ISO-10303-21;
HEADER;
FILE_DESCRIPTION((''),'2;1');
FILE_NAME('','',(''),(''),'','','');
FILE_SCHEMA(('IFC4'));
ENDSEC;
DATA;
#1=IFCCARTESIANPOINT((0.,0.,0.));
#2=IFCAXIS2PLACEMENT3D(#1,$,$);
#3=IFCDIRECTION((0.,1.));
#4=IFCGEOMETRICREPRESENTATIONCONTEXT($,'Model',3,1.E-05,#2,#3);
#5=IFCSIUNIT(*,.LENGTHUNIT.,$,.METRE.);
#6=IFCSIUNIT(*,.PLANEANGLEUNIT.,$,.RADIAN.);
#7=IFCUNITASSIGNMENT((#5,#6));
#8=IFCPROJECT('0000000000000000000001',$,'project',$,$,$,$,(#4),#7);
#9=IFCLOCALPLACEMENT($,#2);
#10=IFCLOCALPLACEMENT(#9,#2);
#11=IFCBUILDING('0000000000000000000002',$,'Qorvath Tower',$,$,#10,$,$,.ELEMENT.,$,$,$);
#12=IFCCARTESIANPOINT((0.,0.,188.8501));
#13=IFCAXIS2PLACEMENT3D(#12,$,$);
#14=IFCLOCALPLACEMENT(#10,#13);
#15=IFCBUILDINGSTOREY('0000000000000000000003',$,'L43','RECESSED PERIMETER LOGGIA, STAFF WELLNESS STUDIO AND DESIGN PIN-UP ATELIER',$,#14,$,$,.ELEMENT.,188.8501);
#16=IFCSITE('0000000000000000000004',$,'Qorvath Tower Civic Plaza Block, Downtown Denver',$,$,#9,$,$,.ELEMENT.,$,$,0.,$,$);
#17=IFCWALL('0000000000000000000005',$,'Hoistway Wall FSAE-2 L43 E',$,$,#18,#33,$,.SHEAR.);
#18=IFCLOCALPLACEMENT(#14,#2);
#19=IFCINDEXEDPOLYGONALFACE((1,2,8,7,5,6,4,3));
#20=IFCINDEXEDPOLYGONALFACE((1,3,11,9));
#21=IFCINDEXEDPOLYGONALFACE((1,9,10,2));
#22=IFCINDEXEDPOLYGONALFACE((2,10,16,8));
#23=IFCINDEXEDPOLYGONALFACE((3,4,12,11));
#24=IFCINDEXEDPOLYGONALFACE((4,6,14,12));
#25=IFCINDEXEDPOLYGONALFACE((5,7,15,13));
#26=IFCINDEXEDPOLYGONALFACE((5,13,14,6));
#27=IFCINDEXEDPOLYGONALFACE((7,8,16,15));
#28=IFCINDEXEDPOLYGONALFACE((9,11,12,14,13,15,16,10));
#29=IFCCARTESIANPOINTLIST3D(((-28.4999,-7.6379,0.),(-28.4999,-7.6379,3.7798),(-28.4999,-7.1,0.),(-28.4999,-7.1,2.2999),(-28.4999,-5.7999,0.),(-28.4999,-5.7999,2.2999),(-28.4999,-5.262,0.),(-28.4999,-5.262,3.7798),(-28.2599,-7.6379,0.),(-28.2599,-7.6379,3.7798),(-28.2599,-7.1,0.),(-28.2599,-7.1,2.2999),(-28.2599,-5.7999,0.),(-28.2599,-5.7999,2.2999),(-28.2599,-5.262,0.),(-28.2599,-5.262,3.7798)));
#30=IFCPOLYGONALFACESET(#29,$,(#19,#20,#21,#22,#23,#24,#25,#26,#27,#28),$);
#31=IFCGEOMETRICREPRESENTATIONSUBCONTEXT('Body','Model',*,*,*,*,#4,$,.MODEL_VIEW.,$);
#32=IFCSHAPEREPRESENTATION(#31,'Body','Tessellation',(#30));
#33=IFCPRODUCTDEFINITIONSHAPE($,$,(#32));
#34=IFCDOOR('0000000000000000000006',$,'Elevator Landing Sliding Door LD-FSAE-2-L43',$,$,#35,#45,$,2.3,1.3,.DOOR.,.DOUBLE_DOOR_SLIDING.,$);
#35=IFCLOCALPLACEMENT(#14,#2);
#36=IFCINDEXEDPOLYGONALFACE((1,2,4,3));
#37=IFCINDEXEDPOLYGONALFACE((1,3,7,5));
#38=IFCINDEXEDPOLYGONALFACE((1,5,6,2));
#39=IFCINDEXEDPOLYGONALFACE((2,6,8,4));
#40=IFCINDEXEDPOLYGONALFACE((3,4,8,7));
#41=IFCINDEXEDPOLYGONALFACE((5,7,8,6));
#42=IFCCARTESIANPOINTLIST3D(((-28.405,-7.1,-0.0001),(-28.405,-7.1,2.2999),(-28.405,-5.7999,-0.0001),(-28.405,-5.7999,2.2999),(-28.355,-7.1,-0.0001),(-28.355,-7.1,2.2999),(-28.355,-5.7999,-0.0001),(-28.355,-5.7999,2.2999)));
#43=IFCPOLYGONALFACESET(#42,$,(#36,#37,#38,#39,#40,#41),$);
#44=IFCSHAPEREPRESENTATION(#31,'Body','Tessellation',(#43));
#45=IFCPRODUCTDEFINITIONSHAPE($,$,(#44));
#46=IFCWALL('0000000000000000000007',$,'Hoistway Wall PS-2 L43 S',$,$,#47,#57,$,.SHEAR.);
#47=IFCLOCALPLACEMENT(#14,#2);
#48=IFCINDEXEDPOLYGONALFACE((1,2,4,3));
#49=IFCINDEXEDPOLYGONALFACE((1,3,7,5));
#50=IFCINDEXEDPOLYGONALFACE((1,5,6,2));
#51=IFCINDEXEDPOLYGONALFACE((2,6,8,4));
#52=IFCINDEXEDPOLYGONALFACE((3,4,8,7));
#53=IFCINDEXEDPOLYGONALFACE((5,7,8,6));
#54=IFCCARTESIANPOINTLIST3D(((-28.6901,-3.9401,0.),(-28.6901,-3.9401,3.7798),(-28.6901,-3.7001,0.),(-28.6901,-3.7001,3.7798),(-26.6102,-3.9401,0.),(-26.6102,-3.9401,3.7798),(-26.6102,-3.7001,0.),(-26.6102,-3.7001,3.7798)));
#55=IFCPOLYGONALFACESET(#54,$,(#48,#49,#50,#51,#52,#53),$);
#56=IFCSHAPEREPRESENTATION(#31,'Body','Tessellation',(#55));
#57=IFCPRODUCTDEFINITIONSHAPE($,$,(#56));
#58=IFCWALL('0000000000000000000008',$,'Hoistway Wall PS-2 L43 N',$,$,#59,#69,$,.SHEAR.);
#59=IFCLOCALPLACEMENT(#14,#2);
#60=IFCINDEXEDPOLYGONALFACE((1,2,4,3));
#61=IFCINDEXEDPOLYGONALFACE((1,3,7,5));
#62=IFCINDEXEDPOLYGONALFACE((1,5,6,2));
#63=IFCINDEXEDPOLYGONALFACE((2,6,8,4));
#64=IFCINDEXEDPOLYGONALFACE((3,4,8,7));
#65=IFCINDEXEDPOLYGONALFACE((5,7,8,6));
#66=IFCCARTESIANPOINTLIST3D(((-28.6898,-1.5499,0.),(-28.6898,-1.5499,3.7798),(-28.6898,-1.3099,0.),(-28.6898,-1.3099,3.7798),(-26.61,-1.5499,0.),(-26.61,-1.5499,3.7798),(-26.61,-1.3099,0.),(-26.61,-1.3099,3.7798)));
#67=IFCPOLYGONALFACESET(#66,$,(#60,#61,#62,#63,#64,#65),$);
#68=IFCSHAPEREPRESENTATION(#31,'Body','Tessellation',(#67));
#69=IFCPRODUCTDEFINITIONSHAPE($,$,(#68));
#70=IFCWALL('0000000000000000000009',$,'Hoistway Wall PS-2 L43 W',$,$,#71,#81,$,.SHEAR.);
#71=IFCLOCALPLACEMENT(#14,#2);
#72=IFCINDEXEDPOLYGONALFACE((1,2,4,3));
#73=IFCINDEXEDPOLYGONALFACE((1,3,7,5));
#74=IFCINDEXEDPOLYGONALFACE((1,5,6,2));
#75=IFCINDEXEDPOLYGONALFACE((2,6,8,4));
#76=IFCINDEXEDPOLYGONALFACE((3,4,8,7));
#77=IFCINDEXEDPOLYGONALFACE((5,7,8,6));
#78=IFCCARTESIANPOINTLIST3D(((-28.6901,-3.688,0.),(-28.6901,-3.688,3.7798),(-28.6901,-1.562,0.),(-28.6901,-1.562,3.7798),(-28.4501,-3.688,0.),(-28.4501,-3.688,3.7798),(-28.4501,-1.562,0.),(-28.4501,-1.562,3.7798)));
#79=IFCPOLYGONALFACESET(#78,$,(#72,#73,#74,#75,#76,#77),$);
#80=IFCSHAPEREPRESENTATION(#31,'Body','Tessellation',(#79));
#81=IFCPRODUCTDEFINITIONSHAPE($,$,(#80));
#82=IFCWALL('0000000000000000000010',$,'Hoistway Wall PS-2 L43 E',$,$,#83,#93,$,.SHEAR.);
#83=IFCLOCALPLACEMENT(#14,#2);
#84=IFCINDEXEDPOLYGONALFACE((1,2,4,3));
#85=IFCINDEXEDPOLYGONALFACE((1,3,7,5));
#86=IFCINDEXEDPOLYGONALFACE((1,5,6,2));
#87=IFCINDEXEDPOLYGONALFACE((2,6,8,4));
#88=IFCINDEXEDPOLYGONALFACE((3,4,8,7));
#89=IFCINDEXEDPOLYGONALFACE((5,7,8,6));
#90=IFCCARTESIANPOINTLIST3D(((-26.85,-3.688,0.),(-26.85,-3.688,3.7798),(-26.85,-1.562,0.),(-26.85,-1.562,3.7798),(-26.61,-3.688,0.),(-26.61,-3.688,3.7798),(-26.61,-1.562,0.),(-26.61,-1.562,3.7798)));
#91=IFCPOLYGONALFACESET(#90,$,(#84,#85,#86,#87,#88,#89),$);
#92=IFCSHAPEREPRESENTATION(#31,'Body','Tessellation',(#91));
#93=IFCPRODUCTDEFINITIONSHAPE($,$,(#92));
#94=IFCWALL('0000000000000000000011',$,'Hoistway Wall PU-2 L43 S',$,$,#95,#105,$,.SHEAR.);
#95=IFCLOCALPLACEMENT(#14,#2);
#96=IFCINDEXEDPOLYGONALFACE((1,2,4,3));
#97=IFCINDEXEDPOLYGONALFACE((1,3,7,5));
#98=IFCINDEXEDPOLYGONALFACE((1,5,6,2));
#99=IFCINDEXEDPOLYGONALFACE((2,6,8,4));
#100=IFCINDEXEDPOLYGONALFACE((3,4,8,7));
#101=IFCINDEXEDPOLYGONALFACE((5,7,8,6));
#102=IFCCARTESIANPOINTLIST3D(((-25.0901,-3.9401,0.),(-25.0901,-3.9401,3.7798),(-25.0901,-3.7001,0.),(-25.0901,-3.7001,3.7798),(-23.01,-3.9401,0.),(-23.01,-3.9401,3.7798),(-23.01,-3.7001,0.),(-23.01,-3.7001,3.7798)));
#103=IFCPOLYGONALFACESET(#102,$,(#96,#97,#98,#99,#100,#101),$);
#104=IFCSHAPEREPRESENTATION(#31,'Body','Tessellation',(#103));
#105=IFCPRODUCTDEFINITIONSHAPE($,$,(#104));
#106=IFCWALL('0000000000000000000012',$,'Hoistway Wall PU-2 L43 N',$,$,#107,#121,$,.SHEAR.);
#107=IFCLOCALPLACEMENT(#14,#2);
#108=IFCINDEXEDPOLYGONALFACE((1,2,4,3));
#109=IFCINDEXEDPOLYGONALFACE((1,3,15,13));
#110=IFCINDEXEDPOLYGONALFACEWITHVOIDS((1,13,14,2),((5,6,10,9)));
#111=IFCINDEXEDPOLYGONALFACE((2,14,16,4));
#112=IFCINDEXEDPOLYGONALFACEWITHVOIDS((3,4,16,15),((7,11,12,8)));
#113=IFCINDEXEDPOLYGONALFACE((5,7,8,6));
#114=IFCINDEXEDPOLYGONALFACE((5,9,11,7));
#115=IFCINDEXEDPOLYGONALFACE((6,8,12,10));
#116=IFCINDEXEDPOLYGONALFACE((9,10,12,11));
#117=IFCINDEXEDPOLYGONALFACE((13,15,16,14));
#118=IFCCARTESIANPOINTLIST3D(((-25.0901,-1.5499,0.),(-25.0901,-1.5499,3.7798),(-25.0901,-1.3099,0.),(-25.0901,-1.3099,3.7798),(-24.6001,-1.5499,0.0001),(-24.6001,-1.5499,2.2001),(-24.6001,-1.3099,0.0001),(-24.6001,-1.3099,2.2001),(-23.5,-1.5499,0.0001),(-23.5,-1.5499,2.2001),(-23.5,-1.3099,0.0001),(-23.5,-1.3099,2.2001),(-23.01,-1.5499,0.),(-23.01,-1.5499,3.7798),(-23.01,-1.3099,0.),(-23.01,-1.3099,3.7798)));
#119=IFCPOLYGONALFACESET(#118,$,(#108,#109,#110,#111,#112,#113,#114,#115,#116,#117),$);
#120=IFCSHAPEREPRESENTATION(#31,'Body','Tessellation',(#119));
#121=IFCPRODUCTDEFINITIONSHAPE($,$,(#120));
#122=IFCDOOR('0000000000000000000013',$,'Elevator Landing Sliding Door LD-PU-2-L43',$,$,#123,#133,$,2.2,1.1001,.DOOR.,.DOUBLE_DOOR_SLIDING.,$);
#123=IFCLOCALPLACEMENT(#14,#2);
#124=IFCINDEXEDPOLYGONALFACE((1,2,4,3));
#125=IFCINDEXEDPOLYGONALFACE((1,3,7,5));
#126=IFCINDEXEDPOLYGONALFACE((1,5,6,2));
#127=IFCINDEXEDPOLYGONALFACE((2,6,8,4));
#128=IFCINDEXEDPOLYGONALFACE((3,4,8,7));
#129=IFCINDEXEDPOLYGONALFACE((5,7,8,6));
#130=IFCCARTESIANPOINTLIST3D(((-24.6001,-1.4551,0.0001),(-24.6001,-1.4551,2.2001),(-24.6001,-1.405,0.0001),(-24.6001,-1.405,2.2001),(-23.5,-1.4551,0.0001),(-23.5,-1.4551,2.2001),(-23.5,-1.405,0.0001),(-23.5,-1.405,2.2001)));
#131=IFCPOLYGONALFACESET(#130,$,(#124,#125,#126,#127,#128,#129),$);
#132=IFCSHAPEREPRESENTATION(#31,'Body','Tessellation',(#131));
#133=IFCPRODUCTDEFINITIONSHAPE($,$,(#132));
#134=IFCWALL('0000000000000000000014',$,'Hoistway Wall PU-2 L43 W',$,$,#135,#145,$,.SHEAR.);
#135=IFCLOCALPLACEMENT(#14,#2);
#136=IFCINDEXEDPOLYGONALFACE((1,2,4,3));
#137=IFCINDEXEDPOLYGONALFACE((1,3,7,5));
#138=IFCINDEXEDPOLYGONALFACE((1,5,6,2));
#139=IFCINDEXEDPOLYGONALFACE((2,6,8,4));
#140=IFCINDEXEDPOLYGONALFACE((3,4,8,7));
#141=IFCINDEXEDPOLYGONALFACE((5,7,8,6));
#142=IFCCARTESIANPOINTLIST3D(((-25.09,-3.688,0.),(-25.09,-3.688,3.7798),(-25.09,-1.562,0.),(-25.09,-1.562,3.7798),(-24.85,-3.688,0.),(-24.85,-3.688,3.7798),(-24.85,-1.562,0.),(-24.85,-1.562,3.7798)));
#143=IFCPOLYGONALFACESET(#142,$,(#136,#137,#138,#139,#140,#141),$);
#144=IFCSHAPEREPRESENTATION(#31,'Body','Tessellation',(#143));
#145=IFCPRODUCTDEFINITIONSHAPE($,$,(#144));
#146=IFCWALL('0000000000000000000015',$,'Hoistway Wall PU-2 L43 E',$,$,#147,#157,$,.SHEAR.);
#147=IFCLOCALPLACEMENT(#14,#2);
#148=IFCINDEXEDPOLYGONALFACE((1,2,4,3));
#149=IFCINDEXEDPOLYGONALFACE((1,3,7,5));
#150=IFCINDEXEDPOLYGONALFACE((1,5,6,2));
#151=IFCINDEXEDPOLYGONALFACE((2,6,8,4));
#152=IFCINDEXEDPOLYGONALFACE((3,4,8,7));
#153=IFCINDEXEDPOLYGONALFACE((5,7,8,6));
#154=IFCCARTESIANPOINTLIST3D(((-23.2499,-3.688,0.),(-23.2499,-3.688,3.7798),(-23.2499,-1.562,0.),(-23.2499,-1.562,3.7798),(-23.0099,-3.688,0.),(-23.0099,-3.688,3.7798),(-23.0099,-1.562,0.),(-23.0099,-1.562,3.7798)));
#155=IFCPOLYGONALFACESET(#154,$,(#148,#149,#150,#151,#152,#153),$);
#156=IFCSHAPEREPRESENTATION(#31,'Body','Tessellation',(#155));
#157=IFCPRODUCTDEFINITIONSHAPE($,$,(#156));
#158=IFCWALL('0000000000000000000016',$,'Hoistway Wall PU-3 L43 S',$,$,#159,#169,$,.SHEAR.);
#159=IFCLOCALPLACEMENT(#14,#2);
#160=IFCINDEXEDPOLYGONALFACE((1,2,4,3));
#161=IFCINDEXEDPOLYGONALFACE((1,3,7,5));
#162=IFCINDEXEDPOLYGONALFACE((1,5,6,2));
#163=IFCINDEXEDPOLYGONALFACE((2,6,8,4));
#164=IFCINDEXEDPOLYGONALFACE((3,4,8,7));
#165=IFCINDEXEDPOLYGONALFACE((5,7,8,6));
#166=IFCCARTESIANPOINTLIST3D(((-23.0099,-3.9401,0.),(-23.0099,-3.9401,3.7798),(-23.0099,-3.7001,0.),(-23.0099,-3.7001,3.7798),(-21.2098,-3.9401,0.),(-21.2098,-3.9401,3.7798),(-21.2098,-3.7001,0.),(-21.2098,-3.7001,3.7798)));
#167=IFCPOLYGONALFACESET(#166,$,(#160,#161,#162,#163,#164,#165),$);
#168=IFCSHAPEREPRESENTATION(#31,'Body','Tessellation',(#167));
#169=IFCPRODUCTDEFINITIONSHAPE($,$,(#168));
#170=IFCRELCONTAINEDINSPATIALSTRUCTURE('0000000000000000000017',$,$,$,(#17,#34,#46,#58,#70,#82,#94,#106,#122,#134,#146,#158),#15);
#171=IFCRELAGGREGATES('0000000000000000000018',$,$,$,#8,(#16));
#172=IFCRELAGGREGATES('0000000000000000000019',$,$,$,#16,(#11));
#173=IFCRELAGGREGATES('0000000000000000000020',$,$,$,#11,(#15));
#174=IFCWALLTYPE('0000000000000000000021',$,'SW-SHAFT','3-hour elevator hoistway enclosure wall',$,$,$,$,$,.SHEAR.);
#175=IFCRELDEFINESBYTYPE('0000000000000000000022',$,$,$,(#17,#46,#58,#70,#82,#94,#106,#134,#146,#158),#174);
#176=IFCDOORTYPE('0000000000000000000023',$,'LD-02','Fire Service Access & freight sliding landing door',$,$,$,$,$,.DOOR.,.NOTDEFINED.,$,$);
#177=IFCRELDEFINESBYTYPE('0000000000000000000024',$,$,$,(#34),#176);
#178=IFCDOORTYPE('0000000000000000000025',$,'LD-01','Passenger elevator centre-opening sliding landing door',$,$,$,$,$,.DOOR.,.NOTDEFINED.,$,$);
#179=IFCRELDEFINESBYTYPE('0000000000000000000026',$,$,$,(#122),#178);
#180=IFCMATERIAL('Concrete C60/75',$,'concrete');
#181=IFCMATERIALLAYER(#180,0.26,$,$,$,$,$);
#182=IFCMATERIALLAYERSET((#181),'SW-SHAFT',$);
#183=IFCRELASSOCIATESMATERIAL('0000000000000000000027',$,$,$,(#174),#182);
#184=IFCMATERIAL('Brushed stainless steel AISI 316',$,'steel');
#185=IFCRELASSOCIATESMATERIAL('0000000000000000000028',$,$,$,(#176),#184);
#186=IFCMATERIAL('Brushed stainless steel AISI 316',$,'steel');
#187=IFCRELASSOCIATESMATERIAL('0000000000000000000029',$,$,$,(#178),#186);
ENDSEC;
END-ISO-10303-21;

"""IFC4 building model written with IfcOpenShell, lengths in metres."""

from ifc_helpers import new_model, si_unit, direction, frame, frame_2d, origin, place, context, subcontext, project, spatial, rectangle, extrude, material, layer, layer_set, type_object, element, fill, save


model = new_model("IFC4")

# Units and contexts
model_context = context("Model", 3, precision=1e-05, world=origin(), true_north=direction((0.0, 1.0)))
body_context = subcontext(model_context, "Body", "Model", "MODEL_VIEW")
ifc_project = project(units=[si_unit("LENGTHUNIT", "METRE"), si_unit("PLANEANGLEUNIT", "RADIAN")], contexts=[model_context])

# Site, building, storey
site_placement = place(None, origin())
site = spatial("IfcSite", under=ifc_project, at=site_placement, Name="Qorvath Tower Civic Plaza Block, Downtown Denver", CompositionType="ELEMENT", RefElevation=0.0)
building_placement = place(site_placement, origin())
building = spatial("IfcBuilding", under=site, at=building_placement, Name="Qorvath Tower", CompositionType="ELEMENT")
storey_placement = place(building_placement, frame((0.0, 0.0, 188.8501)))
storey = spatial("IfcBuildingStorey", under=building, at=storey_placement, Name="L43", Description="RECESSED PERIMETER LOGGIA, STAFF WELLNESS STUDIO AND DESIGN PIN-UP ATELIER", CompositionType="ELEMENT", Elevation=188.8501)

# Shared definitions
ifc_material_1 = material(Name="Concrete C60/75", Category="concrete")
ifc_layer_1 = layer(ifc_material_1, 0.26)
ifc_layer_set_1 = layer_set([ifc_layer_1], Name="SW-SHAFT")
wall_type_1 = type_object("IfcWallType", Name="SW-SHAFT", Description="3-hour elevator hoistway enclosure wall", PredefinedType="SHEAR", material=ifc_layer_set_1)

# Wall, opening, door
wall_1_placement = place(storey_placement, frame((-28.3799, -5.262, 0.0), z_axis=(0.0, 0.0, 1.0), x_axis=(0.0, -1.0, 0.0)))
wall_1 = element("IfcWall", 1, at=wall_1_placement, inside=storey, type_object=wall_type_1, Name="Hoistway Wall FSAE-2 L43 E", PredefinedType="SHEAR", context=body_context, shape_type="SweptSolid", body=[
    extrude(rectangle(XDim=2.376, YDim=0.24, at=frame_2d((1.188, 0.0))), origin(), (0.0, 0.0, 1.0), 3.7798),
])
opening_1_placement = place(wall_1_placement, frame((0.5381, 0.0, 0.0)))
opening_1 = element("IfcOpeningElement", 2, at=opening_1_placement, cuts=wall_1, PredefinedType="OPENING", context=body_context, shape_type="SweptSolid", body=[
    extrude(rectangle(XDim=1.3, YDim=2.3, at=frame_2d((0.6499, 1.1499))), frame((0.0, 0.1299, 0.0), z_axis=(0.0, -1.0, 0.0), x_axis=(1.0, 0.0, 0.0)), (0.0, 0.0, 1.0), 0.26),
])
ifc_material_2 = material(Name="Brushed stainless steel AISI 316", Category="steel")
door_type_1 = type_object("IfcDoorType", Name="LD-02", Description="Fire Service Access & freight sliding landing door", OperationType="NOTDEFINED", PredefinedType="DOOR", material=ifc_material_2)
door_1_placement = place(opening_1_placement, origin())
door_1 = element("IfcDoor", 3, at=door_1_placement, inside=storey, type_object=door_type_1, Name="Elevator Landing Sliding Door LD-FSAE-2-L43", OperationType="DOUBLE_DOOR_SLIDING", OverallHeight=2.3, OverallWidth=1.3, PredefinedType="DOOR", context=body_context, shape_type="SweptSolid", body=[
    extrude(rectangle(XDim=1.3, YDim=2.3, at=frame_2d((0.6499, 1.1499))), frame((0.0, 0.0249, 0.0), z_axis=(0.0, -1.0, 0.0), x_axis=(1.0, 0.0, 0.0)), (0.0, 0.0, 1.0), 0.05),
])
fill(opening_1, door_1)

# Walls
for number, where, z_axis, x_axis, name in (
    (4, (-26.6101, -3.8201, 0.0), (0.0, 0.0, 1.0), (-1.0, 0.0, 0.0), "Hoistway Wall PS-2 L43 S"),
    (5, (-28.6899, -1.4299, 0.0), (0.0, 0.0, 1.0), (1.0, 0.0, 0.0), "Hoistway Wall PS-2 L43 N"),
):
    element("IfcWall", number, at=place(storey_placement, frame(where, z_axis=z_axis, x_axis=x_axis)), inside=storey, type_object=wall_type_1, Name=name, PredefinedType="SHEAR", context=body_context, shape_type="SweptSolid", body=[
        extrude(rectangle(XDim=2.0798, YDim=0.24, at=frame_2d((1.04, 0.0))), origin(), (0.0, 0.0, 1.0), 3.7798),
    ])
for number, where, z_axis, x_axis, name in (
    (6, (-28.5701, -3.688, 0.0), (0.0, 0.0, 1.0), (0.0, 1.0, 0.0), "Hoistway Wall PS-2 L43 W"),
    (7, (-26.73, -1.562, 0.0), (0.0, 0.0, 1.0), (0.0, -1.0, 0.0), "Hoistway Wall PS-2 L43 E"),
):
    element("IfcWall", number, at=place(storey_placement, frame(where, z_axis=z_axis, x_axis=x_axis)), inside=storey, type_object=wall_type_1, Name=name, PredefinedType="SHEAR", context=body_context, shape_type="SweptSolid", body=[
        extrude(rectangle(XDim=2.126, YDim=0.24, at=frame_2d((1.063, 0.0))), origin(), (0.0, 0.0, 1.0), 3.7798),
    ])
wall_2_placement = place(storey_placement, frame((-23.01, -3.8201, 0.0), z_axis=(0.0, 0.0, 1.0), x_axis=(-1.0, 0.0, 0.0)))
element("IfcWall", 8, at=wall_2_placement, inside=storey, type_object=wall_type_1, Name="Hoistway Wall PU-2 L43 S", PredefinedType="SHEAR", context=body_context, shape_type="SweptSolid", body=[
    extrude(rectangle(XDim=2.0801, YDim=0.24, at=frame_2d((1.04, 0.0))), origin(), (0.0, 0.0, 1.0), 3.7798),
])

# Wall, opening, door
wall_3_placement = place(storey_placement, frame((-25.0901, -1.4299, 0.0), z_axis=(0.0, 0.0, 1.0), x_axis=(1.0, 0.0, 0.0)))
wall_3 = element("IfcWall", 9, at=wall_3_placement, inside=storey, type_object=wall_type_1, Name="Hoistway Wall PU-2 L43 N", PredefinedType="SHEAR", context=body_context, shape_type="SweptSolid", body=[
    extrude(rectangle(XDim=2.0801, YDim=0.24, at=frame_2d((1.04, 0.0))), origin(), (0.0, 0.0, 1.0), 3.7798),
])
opening_2_placement = place(wall_3_placement, frame((0.49, 0.0, 0.0)))
opening_2 = element("IfcOpeningElement", 10, at=opening_2_placement, cuts=wall_3, PredefinedType="OPENING", context=body_context, shape_type="SweptSolid", body=[
    extrude(rectangle(XDim=1.1001, YDim=2.2, at=frame_2d((0.55, 1.1001))), frame((0.0, 0.1299, 0.0), z_axis=(0.0, -1.0, 0.0), x_axis=(1.0, 0.0, 0.0)), (0.0, 0.0, 1.0), 0.26),
])
ifc_material_3 = material(Name="Brushed stainless steel AISI 316", Category="steel")
door_type_2 = type_object("IfcDoorType", Name="LD-01", Description="Passenger elevator centre-opening sliding landing door", OperationType="NOTDEFINED", PredefinedType="DOOR", material=ifc_material_3)
door_2_placement = place(opening_2_placement, origin())
door_2 = element("IfcDoor", 11, at=door_2_placement, inside=storey, type_object=door_type_2, Name="Elevator Landing Sliding Door LD-PU-2-L43", OperationType="DOUBLE_DOOR_SLIDING", OverallHeight=2.2, OverallWidth=1.1001, PredefinedType="DOOR", context=body_context, shape_type="SweptSolid", body=[
    extrude(rectangle(XDim=1.1001, YDim=2.2, at=frame_2d((0.55, 1.1001))), frame((0.0, 0.0249, 0.0), z_axis=(0.0, -1.0, 0.0), x_axis=(1.0, 0.0, 0.0)), (0.0, 0.0, 1.0), 0.05),
])
fill(opening_2, door_2)

# Walls
for number, where, z_axis, x_axis, name in (
    (12, (-24.97, -3.688, 0.0), (0.0, 0.0, 1.0), (0.0, 1.0, 0.0), "Hoistway Wall PU-2 L43 W"),
    (13, (-23.1299, -1.562, 0.0), (0.0, 0.0, 1.0), (0.0, -1.0, 0.0), "Hoistway Wall PU-2 L43 E"),
):
    element("IfcWall", number, at=place(storey_placement, frame(where, z_axis=z_axis, x_axis=x_axis)), inside=storey, type_object=wall_type_1, Name=name, PredefinedType="SHEAR", context=body_context, shape_type="SweptSolid", body=[
        extrude(rectangle(XDim=2.126, YDim=0.24, at=frame_2d((1.063, 0.0))), origin(), (0.0, 0.0, 1.0), 3.7798),
    ])
wall_4_placement = place(storey_placement, frame((-21.21, -3.8201, 0.0), z_axis=(0.0, 0.0, 1.0), x_axis=(-1.0, 0.0, 0.0)))
element("IfcWall", 14, at=wall_4_placement, inside=storey, type_object=wall_type_1, Name="Hoistway Wall PU-3 L43 S", PredefinedType="SHEAR", context=body_context, shape_type="SweptSolid", body=[
    extrude(rectangle(XDim=1.8, YDim=0.24, at=frame_2d((0.8999, 0.0))), origin(), (0.0, 0.0, 1.0), 3.7798),
])

save(model, "model.ifc")
